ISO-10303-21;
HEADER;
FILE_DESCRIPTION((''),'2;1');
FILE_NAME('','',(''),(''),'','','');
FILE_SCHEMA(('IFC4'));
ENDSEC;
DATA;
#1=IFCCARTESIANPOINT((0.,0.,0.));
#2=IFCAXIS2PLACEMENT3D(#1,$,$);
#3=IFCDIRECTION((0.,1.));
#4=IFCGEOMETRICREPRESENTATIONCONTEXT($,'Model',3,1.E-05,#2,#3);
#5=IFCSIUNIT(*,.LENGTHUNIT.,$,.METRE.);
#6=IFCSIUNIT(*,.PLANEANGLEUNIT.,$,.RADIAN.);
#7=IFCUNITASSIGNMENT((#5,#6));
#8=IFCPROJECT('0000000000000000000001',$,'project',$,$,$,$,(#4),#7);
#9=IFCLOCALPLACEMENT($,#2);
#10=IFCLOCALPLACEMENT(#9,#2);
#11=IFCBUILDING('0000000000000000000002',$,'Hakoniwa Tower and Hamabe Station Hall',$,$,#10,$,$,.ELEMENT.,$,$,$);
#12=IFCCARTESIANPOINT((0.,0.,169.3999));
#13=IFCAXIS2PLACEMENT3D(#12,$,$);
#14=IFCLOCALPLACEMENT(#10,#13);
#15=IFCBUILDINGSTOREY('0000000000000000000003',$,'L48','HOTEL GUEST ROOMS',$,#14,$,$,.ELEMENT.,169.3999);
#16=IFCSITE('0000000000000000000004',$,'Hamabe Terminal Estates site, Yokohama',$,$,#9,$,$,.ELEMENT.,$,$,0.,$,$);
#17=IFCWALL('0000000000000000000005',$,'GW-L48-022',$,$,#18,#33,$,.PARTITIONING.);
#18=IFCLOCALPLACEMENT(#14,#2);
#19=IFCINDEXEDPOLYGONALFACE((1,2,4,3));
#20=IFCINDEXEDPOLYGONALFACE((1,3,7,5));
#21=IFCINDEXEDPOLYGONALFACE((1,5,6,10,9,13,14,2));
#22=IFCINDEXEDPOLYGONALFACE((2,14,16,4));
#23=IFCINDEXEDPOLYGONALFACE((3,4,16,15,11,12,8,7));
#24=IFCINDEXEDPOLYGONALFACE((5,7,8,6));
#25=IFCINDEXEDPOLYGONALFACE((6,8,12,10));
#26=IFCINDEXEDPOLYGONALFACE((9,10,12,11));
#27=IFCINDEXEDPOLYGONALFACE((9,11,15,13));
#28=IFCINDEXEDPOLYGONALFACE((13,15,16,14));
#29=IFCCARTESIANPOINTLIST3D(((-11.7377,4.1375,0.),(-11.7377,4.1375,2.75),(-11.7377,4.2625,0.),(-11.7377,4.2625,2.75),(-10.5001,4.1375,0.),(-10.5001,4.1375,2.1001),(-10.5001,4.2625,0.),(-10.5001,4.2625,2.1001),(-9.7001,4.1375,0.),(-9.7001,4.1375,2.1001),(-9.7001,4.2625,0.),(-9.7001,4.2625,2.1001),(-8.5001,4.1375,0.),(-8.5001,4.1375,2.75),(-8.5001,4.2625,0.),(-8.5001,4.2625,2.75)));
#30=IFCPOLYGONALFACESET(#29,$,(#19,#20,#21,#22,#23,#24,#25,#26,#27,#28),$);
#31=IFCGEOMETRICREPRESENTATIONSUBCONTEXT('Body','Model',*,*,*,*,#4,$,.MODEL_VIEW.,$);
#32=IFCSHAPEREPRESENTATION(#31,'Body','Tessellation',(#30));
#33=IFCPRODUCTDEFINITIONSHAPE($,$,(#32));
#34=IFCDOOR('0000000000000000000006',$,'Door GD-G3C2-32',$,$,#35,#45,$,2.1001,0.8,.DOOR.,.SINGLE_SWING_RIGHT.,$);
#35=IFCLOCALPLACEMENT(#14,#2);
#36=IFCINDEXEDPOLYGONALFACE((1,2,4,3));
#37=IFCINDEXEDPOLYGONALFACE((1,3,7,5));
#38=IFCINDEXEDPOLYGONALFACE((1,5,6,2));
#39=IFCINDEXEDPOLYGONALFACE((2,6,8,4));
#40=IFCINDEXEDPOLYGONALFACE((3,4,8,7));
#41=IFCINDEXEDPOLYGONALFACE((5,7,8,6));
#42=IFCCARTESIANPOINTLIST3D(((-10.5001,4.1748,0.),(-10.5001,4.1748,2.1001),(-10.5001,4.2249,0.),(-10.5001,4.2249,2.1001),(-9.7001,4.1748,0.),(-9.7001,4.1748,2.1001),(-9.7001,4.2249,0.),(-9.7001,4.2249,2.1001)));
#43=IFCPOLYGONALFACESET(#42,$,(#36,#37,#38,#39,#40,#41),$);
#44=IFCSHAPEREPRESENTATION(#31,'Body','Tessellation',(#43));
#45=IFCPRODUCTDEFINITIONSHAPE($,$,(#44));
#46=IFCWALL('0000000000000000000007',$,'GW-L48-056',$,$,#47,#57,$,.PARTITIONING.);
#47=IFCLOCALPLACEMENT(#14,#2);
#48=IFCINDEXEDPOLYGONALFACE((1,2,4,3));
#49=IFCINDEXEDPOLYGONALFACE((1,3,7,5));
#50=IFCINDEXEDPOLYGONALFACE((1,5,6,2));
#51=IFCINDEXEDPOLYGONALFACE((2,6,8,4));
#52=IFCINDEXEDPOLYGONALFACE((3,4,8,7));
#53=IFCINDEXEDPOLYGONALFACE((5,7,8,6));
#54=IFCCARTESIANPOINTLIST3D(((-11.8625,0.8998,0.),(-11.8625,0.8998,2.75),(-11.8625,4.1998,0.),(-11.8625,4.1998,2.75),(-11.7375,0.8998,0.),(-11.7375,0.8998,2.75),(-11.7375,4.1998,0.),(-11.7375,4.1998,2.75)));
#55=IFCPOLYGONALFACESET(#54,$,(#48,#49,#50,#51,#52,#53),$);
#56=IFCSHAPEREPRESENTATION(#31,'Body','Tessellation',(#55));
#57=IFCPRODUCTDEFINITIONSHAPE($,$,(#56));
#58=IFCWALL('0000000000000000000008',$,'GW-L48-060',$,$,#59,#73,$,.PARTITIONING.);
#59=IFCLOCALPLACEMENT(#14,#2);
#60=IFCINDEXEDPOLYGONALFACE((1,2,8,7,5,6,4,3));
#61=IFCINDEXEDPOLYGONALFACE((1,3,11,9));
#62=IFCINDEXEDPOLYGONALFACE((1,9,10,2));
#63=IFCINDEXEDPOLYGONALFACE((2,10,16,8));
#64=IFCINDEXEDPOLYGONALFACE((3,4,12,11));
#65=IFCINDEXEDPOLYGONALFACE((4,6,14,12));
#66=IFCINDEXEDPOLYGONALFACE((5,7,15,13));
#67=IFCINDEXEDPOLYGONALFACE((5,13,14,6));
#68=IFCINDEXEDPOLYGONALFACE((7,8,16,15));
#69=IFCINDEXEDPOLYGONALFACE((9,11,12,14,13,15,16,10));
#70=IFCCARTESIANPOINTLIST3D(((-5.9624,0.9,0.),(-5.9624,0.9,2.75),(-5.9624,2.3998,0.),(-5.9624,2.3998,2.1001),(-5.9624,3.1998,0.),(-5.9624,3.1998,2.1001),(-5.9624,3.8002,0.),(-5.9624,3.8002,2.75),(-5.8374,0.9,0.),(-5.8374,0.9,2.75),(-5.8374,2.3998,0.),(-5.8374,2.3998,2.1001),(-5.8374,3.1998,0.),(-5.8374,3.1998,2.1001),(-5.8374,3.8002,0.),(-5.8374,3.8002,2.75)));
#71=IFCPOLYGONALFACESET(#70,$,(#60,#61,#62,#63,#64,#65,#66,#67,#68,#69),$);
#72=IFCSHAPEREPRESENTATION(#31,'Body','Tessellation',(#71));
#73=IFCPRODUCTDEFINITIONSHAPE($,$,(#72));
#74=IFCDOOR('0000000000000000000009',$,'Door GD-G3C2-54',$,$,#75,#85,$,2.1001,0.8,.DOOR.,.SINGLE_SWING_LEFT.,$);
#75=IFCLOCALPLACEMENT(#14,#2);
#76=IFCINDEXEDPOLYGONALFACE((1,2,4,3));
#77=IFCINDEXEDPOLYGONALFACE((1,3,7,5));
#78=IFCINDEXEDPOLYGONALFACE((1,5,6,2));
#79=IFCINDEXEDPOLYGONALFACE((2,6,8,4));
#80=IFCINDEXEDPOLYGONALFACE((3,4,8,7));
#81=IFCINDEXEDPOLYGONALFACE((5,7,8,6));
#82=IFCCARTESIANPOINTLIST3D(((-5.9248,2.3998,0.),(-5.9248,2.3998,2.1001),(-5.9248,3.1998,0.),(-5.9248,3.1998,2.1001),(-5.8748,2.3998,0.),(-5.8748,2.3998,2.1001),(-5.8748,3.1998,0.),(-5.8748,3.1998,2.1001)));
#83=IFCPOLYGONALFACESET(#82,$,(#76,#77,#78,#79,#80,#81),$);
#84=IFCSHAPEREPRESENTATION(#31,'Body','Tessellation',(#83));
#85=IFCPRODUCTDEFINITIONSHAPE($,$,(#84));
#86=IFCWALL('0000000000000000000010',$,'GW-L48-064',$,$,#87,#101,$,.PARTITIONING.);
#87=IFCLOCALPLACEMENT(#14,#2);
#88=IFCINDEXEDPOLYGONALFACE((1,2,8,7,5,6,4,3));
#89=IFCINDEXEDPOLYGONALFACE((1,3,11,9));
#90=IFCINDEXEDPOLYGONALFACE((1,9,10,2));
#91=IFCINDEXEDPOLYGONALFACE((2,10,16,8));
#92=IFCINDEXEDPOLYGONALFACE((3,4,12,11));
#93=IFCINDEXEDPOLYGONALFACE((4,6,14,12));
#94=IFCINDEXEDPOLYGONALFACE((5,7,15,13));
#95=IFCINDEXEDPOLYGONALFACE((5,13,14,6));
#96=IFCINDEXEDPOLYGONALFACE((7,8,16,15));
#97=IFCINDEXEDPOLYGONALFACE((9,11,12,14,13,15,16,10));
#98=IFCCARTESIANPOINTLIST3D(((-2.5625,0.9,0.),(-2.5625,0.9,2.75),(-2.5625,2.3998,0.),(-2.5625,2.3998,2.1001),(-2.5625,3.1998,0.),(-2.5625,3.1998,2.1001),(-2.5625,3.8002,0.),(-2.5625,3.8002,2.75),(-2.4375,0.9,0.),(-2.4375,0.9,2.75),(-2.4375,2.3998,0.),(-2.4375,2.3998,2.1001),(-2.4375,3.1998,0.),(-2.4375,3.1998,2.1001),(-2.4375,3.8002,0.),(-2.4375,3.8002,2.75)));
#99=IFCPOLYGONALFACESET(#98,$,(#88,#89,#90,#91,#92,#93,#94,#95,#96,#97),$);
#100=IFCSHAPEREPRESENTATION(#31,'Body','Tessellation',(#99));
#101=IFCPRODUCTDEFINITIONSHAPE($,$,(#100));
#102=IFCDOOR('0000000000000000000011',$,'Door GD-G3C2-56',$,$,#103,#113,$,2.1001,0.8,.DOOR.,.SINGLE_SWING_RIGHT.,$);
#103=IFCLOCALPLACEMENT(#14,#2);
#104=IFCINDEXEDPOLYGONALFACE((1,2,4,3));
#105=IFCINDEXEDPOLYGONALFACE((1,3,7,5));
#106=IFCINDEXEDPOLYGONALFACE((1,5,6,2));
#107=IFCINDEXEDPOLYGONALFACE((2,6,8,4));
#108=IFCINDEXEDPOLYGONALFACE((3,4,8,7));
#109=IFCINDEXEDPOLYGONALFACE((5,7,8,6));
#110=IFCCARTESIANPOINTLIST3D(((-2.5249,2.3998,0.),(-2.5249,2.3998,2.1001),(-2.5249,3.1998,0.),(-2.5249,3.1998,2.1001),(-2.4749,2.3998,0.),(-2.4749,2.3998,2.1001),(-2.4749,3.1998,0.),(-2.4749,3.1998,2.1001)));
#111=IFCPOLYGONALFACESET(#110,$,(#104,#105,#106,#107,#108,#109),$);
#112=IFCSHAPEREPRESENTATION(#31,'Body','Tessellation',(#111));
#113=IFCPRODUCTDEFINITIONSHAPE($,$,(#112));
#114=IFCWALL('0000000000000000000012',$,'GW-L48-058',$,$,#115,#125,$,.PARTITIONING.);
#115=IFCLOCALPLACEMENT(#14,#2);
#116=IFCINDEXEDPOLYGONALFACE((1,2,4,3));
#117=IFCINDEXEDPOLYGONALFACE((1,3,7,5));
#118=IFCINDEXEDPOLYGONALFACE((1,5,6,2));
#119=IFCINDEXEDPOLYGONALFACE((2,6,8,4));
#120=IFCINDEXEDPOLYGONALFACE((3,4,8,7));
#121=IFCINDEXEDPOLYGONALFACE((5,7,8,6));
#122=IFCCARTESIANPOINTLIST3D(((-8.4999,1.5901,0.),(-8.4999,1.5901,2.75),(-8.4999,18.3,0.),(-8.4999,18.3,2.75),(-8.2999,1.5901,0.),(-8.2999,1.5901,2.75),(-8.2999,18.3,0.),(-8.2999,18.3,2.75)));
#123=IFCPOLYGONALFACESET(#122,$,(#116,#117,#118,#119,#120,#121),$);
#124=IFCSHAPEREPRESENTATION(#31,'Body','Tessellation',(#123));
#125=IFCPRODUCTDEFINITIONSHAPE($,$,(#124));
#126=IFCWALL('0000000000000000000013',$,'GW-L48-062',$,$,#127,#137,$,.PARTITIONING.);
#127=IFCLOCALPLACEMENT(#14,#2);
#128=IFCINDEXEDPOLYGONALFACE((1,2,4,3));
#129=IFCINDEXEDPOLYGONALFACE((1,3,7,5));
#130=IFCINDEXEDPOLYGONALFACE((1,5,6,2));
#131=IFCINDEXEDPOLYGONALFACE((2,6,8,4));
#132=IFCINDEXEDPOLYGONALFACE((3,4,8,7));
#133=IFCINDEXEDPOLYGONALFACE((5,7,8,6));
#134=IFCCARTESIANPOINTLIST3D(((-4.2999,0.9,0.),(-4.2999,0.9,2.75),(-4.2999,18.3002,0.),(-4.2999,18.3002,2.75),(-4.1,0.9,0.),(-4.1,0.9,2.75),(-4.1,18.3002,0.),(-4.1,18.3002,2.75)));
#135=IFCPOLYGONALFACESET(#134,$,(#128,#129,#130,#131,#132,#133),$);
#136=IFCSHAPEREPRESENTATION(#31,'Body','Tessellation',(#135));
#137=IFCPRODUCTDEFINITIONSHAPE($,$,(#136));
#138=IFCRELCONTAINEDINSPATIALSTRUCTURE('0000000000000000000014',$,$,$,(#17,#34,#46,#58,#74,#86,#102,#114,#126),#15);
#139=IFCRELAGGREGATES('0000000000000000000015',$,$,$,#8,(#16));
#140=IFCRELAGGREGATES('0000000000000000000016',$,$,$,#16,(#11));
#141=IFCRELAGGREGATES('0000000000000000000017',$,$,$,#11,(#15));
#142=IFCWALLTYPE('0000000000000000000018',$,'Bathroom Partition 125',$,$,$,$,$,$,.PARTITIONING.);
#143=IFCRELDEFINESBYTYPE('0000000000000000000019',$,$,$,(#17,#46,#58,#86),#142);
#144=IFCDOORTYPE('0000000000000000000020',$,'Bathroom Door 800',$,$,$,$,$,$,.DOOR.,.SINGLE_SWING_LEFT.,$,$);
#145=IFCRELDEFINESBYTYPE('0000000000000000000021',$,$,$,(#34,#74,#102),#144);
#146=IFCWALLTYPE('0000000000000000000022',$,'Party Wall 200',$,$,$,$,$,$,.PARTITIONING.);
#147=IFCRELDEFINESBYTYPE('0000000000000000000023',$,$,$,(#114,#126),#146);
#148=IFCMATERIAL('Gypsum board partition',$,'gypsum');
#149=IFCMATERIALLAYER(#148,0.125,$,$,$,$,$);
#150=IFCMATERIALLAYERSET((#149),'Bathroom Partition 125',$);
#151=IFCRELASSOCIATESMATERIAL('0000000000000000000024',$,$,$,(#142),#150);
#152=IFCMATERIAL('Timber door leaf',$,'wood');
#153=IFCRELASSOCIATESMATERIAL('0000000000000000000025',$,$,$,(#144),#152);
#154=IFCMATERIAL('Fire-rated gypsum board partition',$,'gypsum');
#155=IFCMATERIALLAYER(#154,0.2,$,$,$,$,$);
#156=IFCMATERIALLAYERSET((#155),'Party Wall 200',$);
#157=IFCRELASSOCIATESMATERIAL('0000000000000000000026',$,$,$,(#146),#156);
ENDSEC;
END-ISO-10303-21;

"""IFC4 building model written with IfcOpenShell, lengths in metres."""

from ifc_helpers import new_model, si_unit, direction, frame, frame_2d, origin, place, context, subcontext, project, spatial, rectangle, extrude, material, layer, layer_set, type_object, element, fill, save


model = new_model("IFC4")

# Units and contexts
model_context = context("Model", 3, precision=1e-05, world=origin(), true_north=direction((0.0, 1.0)))
body_context = subcontext(model_context, "Body", "Model", "MODEL_VIEW")
ifc_project = project(units=[si_unit("LENGTHUNIT", "METRE"), si_unit("PLANEANGLEUNIT", "RADIAN")], contexts=[model_context])

# Site, building, storey
site_placement = place(None, origin())
site = spatial("IfcSite", under=ifc_project, at=site_placement, Name="Hamabe Terminal Estates site, Yokohama", CompositionType="ELEMENT", RefElevation=0.0)
building_placement = place(site_placement, origin())
building = spatial("IfcBuilding", under=site, at=building_placement, Name="Hakoniwa Tower and Hamabe Station Hall", CompositionType="ELEMENT")
storey_placement = place(building_placement, frame((0.0, 0.0, 169.3999)))
storey = spatial("IfcBuildingStorey", under=building, at=storey_placement, Name="L48", Description="HOTEL GUEST ROOMS", CompositionType="ELEMENT", Elevation=169.3999)

# Shared definitions
ifc_material_1 = material(Name="Gypsum board partition", Category="gypsum")
ifc_layer_1 = layer(ifc_material_1, 0.125)
ifc_layer_set_1 = layer_set([ifc_layer_1], Name="Bathroom Partition 125")
wall_type_1 = type_object("IfcWallType", Name="Bathroom Partition 125", PredefinedType="PARTITIONING", material=ifc_layer_set_1)

# Wall, opening, door
wall_1_placement = place(storey_placement, frame((-11.7375, 4.2, 0.0), z_axis=(0.0, 0.0, 1.0), x_axis=(1.0, 0.0, 0.0)))
wall_1 = element("IfcWall", 1, at=wall_1_placement, inside=storey, type_object=wall_type_1, Name="GW-L48-022", PredefinedType="PARTITIONING", context=body_context, shape_type="SweptSolid", body=[
    extrude(rectangle(XDim=3.2375, YDim=0.125, at=frame_2d((1.6187, 0.0))), origin(), (0.0, 0.0, 1.0), 2.75),
])
opening_1_placement = place(wall_1_placement, frame((1.2375, 0.0, 0.0)))
opening_1 = element("IfcOpeningElement", 2, at=opening_1_placement, cuts=wall_1, PredefinedType="OPENING", context=body_context, shape_type="SweptSolid", body=[
    extrude(rectangle(XDim=0.8, YDim=2.1001, at=frame_2d((0.3999, 1.05))), frame((0.0, 0.0725, 0.0), z_axis=(0.0, -1.0, 0.0), x_axis=(1.0, 0.0, 0.0)), (0.0, 0.0, 1.0), 0.145),
])
ifc_material_2 = material(Name="Timber door leaf", Category="wood")
door_type = type_object("IfcDoorType", Name="Bathroom Door 800", OperationType="SINGLE_SWING_LEFT", PredefinedType="DOOR", material=ifc_material_2)
door_1_placement = place(opening_1_placement, origin())
door_1 = element("IfcDoor", 3, at=door_1_placement, inside=storey, type_object=door_type, Name="Door GD-G3C2-32", OperationType="SINGLE_SWING_RIGHT", OverallHeight=2.1001, OverallWidth=0.8, PredefinedType="DOOR", context=body_context, shape_type="SweptSolid", body=[
    extrude(rectangle(XDim=0.8, YDim=2.1001, at=frame_2d((0.3999, 1.05))), frame((0.0, 0.0249, 0.0), z_axis=(0.0, -1.0, 0.0), x_axis=(1.0, 0.0, 0.0)), (0.0, 0.0, 1.0), 0.05),
])
fill(opening_1, door_1)

# Wall
wall_2_placement = place(storey_placement, frame((-11.8, 0.8999, 0.0), z_axis=(0.0, 0.0, 1.0), x_axis=(0.0, 1.0, 0.0)))
element("IfcWall", 4, at=wall_2_placement, inside=storey, type_object=wall_type_1, Name="GW-L48-056", PredefinedType="PARTITIONING", context=body_context, shape_type="SweptSolid", body=[
    extrude(rectangle(XDim=3.3, YDim=0.125, at=frame_2d((1.6499, 0.0))), origin(), (0.0, 0.0, 1.0), 2.75),
])

# Walls, openings, doors
wall_3_placement = place(storey_placement, frame((-5.8999, 0.8999, 0.0), z_axis=(0.0, 0.0, 1.0), x_axis=(0.0, 1.0, 0.0)))
wall_3 = element("IfcWall", 5, at=wall_3_placement, inside=storey, type_object=wall_type_1, Name="GW-L48-060", PredefinedType="PARTITIONING", context=body_context, shape_type="SweptSolid", body=[
    extrude(rectangle(XDim=2.9001, YDim=0.125, at=frame_2d((1.4502, 0.0))), origin(), (0.0, 0.0, 1.0), 2.75),
])
opening_2_placement = place(wall_3_placement, frame((1.5, 0.0, 0.0)))
opening_2 = element("IfcOpeningElement", 6, at=opening_2_placement, cuts=wall_3, PredefinedType="OPENING", context=body_context, shape_type="SweptSolid", body=[
    extrude(rectangle(XDim=0.8, YDim=2.1001, at=frame_2d((0.3999, 1.05))), frame((0.0, 0.0725, 0.0), z_axis=(0.0, -1.0, 0.0), x_axis=(1.0, 0.0, 0.0)), (0.0, 0.0, 1.0), 0.145),
])
door_2_placement = place(opening_2_placement, origin())
door_2 = element("IfcDoor", 7, at=door_2_placement, inside=storey, type_object=door_type, Name="Door GD-G3C2-54", OperationType="SINGLE_SWING_LEFT", OverallHeight=2.1001, OverallWidth=0.8, PredefinedType="DOOR", context=body_context, shape_type="SweptSolid", body=[
    extrude(rectangle(XDim=0.8, YDim=2.1001, at=frame_2d((0.3999, 1.05))), frame((0.0, 0.0249, 0.0), z_axis=(0.0, -1.0, 0.0), x_axis=(1.0, 0.0, 0.0)), (0.0, 0.0, 1.0), 0.05),
])
fill(opening_2, door_2)
wall_4_placement = place(storey_placement, frame((-2.5, 0.8999, 0.0), z_axis=(0.0, 0.0, 1.0), x_axis=(0.0, 1.0, 0.0)))
wall_4 = element("IfcWall", 8, at=wall_4_placement, inside=storey, type_object=wall_type_1, Name="GW-L48-064", PredefinedType="PARTITIONING", context=body_context, shape_type="SweptSolid", body=[
    extrude(rectangle(XDim=2.9001, YDim=0.125, at=frame_2d((1.4502, 0.0))), origin(), (0.0, 0.0, 1.0), 2.75),
])
opening_3_placement = place(wall_4_placement, frame((1.5, 0.0, 0.0)))
opening_3 = element("IfcOpeningElement", 9, at=opening_3_placement, cuts=wall_4, PredefinedType="OPENING", context=body_context, shape_type="SweptSolid", body=[
    extrude(rectangle(XDim=0.8, YDim=2.1001, at=frame_2d((0.3999, 1.05))), frame((0.0, 0.0725, 0.0), z_axis=(0.0, -1.0, 0.0), x_axis=(1.0, 0.0, 0.0)), (0.0, 0.0, 1.0), 0.145),
])
door_3_placement = place(opening_3_placement, origin())
door_3 = element("IfcDoor", 10, at=door_3_placement, inside=storey, type_object=door_type, Name="Door GD-G3C2-56", OperationType="SINGLE_SWING_RIGHT", OverallHeight=2.1001, OverallWidth=0.8, PredefinedType="DOOR", context=body_context, shape_type="SweptSolid", body=[
    extrude(rectangle(XDim=0.8, YDim=2.1001, at=frame_2d((0.3999, 1.05))), frame((0.0, 0.0249, 0.0), z_axis=(0.0, -1.0, 0.0), x_axis=(1.0, 0.0, 0.0)), (0.0, 0.0, 1.0), 0.05),
])
fill(opening_3, door_3)

# Walls
ifc_material_3 = material(Name="Fire-rated gypsum board partition", Category="gypsum")
ifc_layer_2 = layer(ifc_material_3, 0.2)
ifc_layer_set_2 = layer_set([ifc_layer_2], Name="Party Wall 200")
wall_type_2 = type_object("IfcWallType", Name="Party Wall 200", PredefinedType="PARTITIONING", material=ifc_layer_set_2)
wall_5_placement = place(storey_placement, frame((-8.3999, 1.5901, 0.0), z_axis=(0.0, 0.0, 1.0), x_axis=(0.0, 1.0, 0.0)))
element("IfcWall", 11, at=wall_5_placement, inside=storey, type_object=wall_type_2, Name="GW-L48-058", PredefinedType="PARTITIONING", context=body_context, shape_type="SweptSolid", body=[
    extrude(rectangle(XDim=16.71, YDim=0.2, at=frame_2d((8.355, 0.0))), origin(), (0.0, 0.0, 1.0), 2.75),
])
wall_6_placement = place(storey_placement, frame((-4.2, 0.8999, 0.0), z_axis=(0.0, 0.0, 1.0), x_axis=(0.0, 1.0, 0.0)))
element("IfcWall", 12, at=wall_6_placement, inside=storey, type_object=wall_type_2, Name="GW-L48-062", PredefinedType="PARTITIONING", context=body_context, shape_type="SweptSolid", body=[
    extrude(rectangle(XDim=17.4001, YDim=0.2, at=frame_2d((8.7002, 0.0))), origin(), (0.0, 0.0, 1.0), 2.75),
])

save(model, "model.ifc")
